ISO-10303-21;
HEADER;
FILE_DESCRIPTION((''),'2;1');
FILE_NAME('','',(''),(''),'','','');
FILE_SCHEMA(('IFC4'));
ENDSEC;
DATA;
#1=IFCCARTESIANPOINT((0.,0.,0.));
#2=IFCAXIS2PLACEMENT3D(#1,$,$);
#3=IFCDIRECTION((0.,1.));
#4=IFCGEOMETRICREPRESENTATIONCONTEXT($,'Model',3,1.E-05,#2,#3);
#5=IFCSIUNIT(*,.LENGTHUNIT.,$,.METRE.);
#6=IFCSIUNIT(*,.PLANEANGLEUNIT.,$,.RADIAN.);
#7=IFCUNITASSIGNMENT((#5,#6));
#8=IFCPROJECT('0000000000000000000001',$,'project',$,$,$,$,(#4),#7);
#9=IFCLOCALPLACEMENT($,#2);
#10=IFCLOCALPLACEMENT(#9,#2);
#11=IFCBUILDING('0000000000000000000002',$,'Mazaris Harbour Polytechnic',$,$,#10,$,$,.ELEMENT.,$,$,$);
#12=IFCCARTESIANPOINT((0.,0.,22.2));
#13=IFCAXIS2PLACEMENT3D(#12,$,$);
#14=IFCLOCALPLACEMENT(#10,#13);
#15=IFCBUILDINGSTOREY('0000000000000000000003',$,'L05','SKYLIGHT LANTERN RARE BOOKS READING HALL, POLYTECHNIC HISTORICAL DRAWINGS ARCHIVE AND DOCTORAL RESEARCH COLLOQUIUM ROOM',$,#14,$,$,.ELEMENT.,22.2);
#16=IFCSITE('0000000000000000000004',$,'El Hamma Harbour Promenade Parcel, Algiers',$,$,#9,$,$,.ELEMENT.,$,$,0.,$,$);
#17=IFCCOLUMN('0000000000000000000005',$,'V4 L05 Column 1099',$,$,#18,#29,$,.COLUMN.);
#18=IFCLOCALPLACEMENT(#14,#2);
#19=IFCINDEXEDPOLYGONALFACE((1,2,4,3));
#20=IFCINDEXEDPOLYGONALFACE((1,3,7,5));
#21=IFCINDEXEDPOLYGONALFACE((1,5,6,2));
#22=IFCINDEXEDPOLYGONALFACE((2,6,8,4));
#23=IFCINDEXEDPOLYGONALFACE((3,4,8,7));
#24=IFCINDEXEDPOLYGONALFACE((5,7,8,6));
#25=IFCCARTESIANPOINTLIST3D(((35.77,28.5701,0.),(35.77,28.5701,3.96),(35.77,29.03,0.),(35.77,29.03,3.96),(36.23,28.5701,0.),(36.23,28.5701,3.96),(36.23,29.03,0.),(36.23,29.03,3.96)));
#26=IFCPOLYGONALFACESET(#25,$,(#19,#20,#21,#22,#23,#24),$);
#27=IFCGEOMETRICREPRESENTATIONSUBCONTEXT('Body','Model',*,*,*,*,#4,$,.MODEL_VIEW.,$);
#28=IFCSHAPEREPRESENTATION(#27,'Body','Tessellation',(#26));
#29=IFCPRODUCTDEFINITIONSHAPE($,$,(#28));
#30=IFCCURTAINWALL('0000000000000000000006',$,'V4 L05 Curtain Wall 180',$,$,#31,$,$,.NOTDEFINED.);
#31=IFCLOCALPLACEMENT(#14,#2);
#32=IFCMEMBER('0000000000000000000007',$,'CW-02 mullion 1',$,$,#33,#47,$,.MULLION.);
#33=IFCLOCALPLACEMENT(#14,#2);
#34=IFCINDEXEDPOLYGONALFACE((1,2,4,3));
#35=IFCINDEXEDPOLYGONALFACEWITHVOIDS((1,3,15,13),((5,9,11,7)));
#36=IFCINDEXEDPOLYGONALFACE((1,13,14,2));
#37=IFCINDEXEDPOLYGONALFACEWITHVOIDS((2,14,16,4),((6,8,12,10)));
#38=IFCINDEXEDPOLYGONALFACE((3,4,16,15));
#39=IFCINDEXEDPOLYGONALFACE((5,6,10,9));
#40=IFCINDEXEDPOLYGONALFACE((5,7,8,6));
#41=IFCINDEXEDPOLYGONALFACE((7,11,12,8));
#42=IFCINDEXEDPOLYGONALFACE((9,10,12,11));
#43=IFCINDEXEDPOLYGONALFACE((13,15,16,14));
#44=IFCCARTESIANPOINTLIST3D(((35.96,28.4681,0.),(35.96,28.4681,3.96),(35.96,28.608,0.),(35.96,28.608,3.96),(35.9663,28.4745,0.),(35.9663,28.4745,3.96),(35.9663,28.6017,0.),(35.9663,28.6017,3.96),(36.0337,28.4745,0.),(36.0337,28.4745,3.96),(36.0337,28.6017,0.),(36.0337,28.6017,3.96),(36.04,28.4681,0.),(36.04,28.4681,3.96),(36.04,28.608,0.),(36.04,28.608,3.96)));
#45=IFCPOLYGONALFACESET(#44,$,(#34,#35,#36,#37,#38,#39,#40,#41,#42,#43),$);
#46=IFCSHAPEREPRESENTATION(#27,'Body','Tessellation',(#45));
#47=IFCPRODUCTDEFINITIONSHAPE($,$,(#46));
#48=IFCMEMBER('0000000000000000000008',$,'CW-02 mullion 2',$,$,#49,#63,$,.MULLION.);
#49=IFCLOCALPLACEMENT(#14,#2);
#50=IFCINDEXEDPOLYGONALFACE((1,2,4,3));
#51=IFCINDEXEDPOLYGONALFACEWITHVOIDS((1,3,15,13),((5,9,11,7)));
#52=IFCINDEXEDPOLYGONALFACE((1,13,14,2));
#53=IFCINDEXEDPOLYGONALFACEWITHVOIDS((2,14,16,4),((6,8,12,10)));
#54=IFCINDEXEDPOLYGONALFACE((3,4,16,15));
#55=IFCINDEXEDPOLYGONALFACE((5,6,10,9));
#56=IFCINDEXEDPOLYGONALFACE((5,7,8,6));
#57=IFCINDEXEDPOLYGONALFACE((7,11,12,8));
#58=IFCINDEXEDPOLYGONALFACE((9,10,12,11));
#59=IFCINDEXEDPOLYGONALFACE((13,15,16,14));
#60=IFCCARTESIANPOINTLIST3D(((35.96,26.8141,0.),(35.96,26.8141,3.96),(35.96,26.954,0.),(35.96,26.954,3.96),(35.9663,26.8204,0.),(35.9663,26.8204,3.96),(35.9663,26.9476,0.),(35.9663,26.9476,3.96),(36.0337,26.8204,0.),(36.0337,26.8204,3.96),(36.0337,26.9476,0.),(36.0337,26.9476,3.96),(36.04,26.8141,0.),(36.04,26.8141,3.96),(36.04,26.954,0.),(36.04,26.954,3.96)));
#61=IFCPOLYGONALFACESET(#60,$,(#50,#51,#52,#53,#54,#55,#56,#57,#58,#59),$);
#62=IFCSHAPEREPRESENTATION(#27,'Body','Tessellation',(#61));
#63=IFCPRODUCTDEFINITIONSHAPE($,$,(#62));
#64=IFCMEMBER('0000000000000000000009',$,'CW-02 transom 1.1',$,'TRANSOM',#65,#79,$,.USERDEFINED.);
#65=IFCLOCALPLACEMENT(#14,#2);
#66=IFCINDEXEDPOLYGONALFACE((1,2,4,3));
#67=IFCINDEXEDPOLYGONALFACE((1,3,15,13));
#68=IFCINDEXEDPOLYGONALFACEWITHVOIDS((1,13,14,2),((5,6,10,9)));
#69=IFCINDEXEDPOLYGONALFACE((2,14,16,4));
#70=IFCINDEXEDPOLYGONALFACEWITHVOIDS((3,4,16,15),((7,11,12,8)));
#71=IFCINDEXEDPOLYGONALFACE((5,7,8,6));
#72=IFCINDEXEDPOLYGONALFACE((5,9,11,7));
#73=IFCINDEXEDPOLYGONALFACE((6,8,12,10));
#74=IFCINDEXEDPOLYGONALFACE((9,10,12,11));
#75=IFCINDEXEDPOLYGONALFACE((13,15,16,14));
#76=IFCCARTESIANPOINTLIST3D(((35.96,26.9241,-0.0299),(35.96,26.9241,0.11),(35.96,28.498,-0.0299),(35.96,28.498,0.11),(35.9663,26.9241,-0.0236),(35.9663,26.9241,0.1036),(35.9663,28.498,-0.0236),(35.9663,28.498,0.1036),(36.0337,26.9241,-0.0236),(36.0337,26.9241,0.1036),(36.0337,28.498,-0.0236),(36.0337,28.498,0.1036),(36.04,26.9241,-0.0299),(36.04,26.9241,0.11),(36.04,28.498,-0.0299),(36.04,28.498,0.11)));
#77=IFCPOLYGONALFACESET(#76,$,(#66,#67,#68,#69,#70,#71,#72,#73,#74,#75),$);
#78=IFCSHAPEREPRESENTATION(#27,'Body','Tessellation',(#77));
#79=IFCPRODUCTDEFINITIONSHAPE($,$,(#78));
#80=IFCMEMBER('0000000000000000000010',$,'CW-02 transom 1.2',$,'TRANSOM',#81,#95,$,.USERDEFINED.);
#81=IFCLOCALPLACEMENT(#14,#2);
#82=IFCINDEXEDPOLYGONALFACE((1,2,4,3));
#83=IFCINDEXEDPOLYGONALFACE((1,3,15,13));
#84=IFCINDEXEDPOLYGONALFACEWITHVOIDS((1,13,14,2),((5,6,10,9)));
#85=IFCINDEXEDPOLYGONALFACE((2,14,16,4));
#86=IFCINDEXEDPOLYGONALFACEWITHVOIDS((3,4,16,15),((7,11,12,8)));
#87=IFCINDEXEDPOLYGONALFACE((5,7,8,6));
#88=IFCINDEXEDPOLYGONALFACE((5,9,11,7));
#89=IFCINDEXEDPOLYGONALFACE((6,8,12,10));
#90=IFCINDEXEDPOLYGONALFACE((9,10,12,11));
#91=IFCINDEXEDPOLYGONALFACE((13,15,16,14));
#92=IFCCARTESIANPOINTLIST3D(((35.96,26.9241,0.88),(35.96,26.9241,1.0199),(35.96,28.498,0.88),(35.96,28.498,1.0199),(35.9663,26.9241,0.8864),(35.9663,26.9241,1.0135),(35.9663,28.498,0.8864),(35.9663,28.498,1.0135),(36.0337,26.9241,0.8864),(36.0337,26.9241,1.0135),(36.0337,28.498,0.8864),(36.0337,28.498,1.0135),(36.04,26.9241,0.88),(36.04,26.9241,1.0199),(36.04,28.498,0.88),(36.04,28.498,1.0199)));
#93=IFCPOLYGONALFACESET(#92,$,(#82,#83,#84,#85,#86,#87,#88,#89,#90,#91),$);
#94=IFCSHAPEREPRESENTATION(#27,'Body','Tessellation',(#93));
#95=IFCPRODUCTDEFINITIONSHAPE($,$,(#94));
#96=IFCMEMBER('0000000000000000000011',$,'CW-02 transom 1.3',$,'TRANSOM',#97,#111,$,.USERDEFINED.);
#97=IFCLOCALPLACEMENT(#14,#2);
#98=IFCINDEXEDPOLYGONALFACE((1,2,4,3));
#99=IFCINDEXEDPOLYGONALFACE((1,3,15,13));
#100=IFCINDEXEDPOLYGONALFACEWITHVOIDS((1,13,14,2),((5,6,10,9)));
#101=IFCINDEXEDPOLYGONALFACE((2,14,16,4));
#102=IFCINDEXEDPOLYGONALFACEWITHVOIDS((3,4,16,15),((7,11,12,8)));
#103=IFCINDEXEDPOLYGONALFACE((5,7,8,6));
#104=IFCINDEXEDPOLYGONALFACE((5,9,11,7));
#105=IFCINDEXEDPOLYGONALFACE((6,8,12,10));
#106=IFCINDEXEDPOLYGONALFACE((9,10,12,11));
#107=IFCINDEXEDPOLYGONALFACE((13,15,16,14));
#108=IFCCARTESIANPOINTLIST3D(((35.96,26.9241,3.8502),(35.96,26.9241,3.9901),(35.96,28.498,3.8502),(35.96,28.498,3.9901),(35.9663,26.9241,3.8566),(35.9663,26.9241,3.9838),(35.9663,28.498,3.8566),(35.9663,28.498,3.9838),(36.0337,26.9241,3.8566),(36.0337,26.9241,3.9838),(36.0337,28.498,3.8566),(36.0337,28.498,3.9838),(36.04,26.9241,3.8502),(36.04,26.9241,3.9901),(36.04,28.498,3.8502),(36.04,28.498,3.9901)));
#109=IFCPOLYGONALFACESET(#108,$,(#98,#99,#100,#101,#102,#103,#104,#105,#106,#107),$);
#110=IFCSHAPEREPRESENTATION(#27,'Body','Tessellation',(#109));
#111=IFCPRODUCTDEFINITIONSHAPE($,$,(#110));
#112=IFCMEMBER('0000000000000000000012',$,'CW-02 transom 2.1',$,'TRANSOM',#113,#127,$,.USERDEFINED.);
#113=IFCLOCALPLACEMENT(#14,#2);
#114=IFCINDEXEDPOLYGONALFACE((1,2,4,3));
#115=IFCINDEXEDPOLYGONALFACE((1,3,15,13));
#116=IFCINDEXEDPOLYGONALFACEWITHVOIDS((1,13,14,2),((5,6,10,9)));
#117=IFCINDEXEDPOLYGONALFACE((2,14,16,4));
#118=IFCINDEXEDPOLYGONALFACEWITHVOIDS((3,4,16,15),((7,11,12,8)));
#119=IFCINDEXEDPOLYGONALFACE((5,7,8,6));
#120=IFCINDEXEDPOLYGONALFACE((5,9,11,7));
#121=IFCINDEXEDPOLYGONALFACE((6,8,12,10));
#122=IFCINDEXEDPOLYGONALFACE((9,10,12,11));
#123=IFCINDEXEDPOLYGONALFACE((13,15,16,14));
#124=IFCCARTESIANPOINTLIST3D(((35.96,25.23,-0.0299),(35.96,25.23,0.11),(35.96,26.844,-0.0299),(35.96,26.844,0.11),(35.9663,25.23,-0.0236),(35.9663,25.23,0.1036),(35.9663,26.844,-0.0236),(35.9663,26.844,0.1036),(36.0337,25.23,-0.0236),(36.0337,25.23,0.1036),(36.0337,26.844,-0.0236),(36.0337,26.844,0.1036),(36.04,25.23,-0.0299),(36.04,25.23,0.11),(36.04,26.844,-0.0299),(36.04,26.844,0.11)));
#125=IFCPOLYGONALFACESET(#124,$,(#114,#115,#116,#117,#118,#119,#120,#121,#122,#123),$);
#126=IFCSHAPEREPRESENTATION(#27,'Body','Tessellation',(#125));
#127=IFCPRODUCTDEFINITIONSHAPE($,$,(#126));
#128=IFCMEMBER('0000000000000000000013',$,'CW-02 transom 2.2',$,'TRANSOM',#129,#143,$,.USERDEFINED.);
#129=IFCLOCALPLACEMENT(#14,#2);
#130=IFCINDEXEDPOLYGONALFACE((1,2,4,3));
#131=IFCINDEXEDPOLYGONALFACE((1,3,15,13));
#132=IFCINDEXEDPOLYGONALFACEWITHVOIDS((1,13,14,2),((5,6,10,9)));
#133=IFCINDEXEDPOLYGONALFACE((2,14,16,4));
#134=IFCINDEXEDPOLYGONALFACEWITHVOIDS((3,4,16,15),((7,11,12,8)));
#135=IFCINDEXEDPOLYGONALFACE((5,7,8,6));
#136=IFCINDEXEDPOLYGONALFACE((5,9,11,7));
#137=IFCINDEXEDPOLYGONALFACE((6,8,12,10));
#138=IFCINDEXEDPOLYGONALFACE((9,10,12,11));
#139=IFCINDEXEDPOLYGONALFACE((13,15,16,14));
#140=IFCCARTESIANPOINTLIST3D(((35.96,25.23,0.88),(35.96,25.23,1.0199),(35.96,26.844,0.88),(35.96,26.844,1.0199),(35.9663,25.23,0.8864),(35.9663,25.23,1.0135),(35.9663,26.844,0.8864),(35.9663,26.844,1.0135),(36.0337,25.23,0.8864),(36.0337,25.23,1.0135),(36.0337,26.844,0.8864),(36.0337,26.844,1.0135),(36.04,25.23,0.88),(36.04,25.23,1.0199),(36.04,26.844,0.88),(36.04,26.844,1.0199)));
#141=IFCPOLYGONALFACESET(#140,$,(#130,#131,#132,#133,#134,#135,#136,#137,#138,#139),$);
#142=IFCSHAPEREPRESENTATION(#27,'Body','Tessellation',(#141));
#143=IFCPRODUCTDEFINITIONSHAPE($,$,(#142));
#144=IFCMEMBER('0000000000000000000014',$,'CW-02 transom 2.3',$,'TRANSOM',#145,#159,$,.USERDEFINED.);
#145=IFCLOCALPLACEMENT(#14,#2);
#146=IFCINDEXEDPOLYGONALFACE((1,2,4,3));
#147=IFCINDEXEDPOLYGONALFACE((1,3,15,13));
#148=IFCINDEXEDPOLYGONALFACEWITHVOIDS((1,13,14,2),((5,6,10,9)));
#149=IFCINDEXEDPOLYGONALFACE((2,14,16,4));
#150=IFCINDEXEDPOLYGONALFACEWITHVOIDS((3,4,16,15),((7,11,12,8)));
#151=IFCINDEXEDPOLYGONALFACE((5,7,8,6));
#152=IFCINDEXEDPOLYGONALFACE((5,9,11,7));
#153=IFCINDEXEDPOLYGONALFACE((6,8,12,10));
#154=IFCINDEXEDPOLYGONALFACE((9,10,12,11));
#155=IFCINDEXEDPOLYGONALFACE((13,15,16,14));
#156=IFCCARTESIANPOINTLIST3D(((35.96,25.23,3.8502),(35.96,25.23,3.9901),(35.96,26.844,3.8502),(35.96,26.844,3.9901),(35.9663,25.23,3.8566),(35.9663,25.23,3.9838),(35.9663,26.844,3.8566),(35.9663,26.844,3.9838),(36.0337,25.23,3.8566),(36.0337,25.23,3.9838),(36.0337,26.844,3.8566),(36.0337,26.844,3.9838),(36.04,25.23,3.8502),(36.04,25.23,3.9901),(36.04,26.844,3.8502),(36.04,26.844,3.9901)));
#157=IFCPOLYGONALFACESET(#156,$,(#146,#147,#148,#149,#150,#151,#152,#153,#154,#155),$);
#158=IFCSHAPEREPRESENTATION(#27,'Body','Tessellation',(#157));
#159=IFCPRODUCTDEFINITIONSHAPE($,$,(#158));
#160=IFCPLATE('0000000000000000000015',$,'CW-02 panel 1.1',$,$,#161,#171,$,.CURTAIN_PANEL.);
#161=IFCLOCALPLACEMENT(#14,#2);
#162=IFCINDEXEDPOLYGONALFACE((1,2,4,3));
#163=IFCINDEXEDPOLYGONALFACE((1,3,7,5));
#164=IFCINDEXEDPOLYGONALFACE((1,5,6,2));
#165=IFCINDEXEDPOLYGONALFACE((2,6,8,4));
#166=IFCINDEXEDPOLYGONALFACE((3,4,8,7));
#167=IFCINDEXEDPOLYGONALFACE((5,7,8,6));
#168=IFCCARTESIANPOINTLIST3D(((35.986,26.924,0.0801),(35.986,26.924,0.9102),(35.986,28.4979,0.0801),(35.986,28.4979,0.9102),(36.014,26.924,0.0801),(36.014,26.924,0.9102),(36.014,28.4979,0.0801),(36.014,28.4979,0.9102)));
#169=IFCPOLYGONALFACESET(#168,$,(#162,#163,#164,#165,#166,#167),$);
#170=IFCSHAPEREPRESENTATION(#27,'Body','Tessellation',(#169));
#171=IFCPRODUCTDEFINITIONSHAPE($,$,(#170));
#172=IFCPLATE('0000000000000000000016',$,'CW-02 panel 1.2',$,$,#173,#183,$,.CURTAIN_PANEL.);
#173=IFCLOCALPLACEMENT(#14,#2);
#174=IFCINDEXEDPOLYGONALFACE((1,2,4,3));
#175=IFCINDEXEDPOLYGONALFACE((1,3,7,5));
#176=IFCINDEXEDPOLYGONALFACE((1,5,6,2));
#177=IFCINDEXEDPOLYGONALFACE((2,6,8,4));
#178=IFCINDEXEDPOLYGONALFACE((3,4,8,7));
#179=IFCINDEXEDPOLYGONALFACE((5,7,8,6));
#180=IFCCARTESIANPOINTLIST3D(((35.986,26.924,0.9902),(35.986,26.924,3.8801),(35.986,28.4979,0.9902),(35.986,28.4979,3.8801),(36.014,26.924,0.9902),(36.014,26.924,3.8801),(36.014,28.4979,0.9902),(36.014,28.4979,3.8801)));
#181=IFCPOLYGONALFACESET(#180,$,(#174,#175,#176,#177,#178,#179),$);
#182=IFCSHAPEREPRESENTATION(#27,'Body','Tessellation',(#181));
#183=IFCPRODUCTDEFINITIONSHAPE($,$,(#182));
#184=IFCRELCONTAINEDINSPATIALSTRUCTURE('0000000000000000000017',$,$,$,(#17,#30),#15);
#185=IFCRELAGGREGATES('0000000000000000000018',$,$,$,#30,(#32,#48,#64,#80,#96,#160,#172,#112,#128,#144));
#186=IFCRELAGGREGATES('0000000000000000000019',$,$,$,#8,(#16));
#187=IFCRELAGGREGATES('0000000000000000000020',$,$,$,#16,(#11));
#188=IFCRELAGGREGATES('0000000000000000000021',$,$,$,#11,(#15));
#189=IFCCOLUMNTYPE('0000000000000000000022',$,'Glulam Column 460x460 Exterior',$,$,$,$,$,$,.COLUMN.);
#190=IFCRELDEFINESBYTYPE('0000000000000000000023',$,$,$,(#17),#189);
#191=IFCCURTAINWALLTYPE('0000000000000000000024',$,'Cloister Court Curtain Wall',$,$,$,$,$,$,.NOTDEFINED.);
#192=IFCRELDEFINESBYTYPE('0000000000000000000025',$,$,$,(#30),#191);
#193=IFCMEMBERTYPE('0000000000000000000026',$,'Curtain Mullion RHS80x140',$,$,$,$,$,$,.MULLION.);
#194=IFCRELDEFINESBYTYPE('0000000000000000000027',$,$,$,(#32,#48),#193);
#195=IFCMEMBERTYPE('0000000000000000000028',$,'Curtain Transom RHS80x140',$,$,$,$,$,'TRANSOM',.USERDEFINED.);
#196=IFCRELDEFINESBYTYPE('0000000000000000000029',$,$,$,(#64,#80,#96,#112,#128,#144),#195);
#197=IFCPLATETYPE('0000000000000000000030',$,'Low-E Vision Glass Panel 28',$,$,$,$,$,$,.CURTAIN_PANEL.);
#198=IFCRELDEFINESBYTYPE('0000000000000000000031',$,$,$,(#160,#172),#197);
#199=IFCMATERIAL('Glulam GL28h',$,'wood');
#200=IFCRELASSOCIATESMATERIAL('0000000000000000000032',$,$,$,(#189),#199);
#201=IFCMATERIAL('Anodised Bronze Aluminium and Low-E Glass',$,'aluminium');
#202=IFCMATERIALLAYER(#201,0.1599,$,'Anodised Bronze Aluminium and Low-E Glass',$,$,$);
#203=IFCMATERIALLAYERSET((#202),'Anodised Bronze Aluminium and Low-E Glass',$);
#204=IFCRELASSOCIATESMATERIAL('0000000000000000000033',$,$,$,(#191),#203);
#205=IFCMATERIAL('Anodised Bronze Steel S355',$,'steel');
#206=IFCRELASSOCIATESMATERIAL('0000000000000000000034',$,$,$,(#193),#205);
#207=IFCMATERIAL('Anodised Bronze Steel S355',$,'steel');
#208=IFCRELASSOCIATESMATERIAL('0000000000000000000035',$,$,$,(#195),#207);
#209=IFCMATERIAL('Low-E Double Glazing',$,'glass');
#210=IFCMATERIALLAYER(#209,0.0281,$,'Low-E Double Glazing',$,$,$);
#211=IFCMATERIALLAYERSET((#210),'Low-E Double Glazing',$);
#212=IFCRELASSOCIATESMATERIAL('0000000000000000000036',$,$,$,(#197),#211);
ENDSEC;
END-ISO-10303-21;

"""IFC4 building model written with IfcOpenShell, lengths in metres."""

from ifc_helpers import new_model, si_unit, direction, frame, origin, origin_2d, place, context, subcontext, project, spatial, rectangle, hollow_rectangle, extrude, material, layer, layer_set, material_profile, profile_set, type_object, element, aggregate, save


model = new_model("IFC4")

# Units and contexts
model_context = context("Model", 3, precision=1e-05, world=origin(), true_north=direction((0.0, 1.0)))
body_context = subcontext(model_context, "Body", "Model", "MODEL_VIEW")
ifc_project = project(units=[si_unit("LENGTHUNIT", "METRE"), si_unit("PLANEANGLEUNIT", "RADIAN")], contexts=[model_context])

# Site, building, storey
site_placement = place(None, origin())
site = spatial("IfcSite", under=ifc_project, at=site_placement, Name="El Hamma Harbour Promenade Parcel, Algiers", CompositionType="ELEMENT", RefElevation=0.0)
building_placement = place(site_placement, origin())
building = spatial("IfcBuilding", under=site, at=building_placement, Name="Mazaris Harbour Polytechnic", CompositionType="ELEMENT")
storey_placement = place(building_placement, frame((0.0, 0.0, 22.2)))
storey = spatial("IfcBuildingStorey", under=building, at=storey_placement, Name="L05", Description="SKYLIGHT LANTERN RARE BOOKS READING HALL, POLYTECHNIC HISTORICAL DRAWINGS ARCHIVE AND DOCTORAL RESEARCH COLLOQUIUM ROOM", CompositionType="ELEMENT", Elevation=22.2)

# Column
ifc_material_1 = material(Name="Glulam GL28h", Category="wood")
ifc_material_profile_1 = material_profile(ifc_material_1, rectangle(XDim=0.46, YDim=0.46, at=origin_2d()), Name="RECT460x460")
ifc_profile_set_1 = profile_set([ifc_material_profile_1], Name="Glulam GL28h")
column_type = type_object("IfcColumnType", Name="Glulam Column 460x460 Exterior", PredefinedType="COLUMN", material=ifc_profile_set_1)
column_placement = place(storey_placement, frame((36.0, 28.8, 0.0), z_axis=(0.0, 0.0, 1.0), x_axis=(1.0, 0.0, 0.0)))
element("IfcColumn", 1, at=column_placement, inside=storey, type_object=column_type, Name="V4 L05 Column 1099", PredefinedType="COLUMN", context=body_context, shape_type="SweptSolid", body=[
    extrude(rectangle(XDim=0.46, YDim=0.46, at=origin_2d()), origin(), (0.0, 0.0, 1.0), 3.96),
])

# Curtain wall, members, plates
ifc_material_2 = material(Name="Anodised Bronze Aluminium and Low-E Glass", Category="aluminium")
ifc_layer_1 = layer(ifc_material_2, 0.1599, Name="Anodised Bronze Aluminium and Low-E Glass")
ifc_layer_set_1 = layer_set([ifc_layer_1], Name="Anodised Bronze Aluminium and Low-E Glass")
curtain_wall_type = type_object("IfcCurtainWallType", Name="Cloister Court Curtain Wall", PredefinedType="NOTDEFINED", material=ifc_layer_set_1)
curtain_wall_placement = place(storey_placement, origin())
curtain_wall = element("IfcCurtainWall", 2, at=curtain_wall_placement, inside=storey, type_object=curtain_wall_type, Name="V4 L05 Curtain Wall 180", PredefinedType="NOTDEFINED")
ifc_material_3 = material(Name="Anodised Bronze Steel S355", Category="steel")
ifc_material_profile_2 = material_profile(ifc_material_3, hollow_rectangle(XDim=0.0801, YDim=0.1399, WallThickness=0.0063, at=origin_2d()), Name="RHS 80x140x6.3")
ifc_profile_set_2 = profile_set([ifc_material_profile_2], Name="Anodised Bronze Steel S355")
member_type_1 = type_object("IfcMemberType", Name="Curtain Mullion RHS80x140", PredefinedType="MULLION", material=ifc_profile_set_2)
member_1_placement = place(storey_placement, frame((36.0, 28.5381, 0.0), z_axis=(0.0, 0.0, 1.0), x_axis=(1.0, 0.0, 0.0)))
member_1 = element("IfcMember", 3, at=member_1_placement, type_object=member_type_1, Name="CW-02 mullion 1", PredefinedType="MULLION", context=body_context, shape_type="SweptSolid", body=[
    extrude(hollow_rectangle(XDim=0.0801, YDim=0.1399, WallThickness=0.0063, at=origin_2d()), origin(), (0.0, 0.0, 1.0), 3.96),
])
member_2_placement = place(storey_placement, frame((36.0, 26.884, 0.0), z_axis=(0.0, 0.0, 1.0), x_axis=(1.0, 0.0, 0.0)))
member_2 = element("IfcMember", 4, at=member_2_placement, type_object=member_type_1, Name="CW-02 mullion 2", PredefinedType="MULLION", context=body_context, shape_type="SweptSolid", body=[
    extrude(hollow_rectangle(XDim=0.0801, YDim=0.1399, WallThickness=0.0063, at=origin_2d()), origin(), (0.0, 0.0, 1.0), 3.96),
])
ifc_material_4 = material(Name="Anodised Bronze Steel S355", Category="steel")
ifc_material_profile_3 = material_profile(ifc_material_4, hollow_rectangle(XDim=0.0801, YDim=0.1399, WallThickness=0.0063, at=origin_2d()), Name="RHS 80x140x6.3")
ifc_profile_set_3 = profile_set([ifc_material_profile_3], Name="Anodised Bronze Steel S355")
member_type_2 = type_object("IfcMemberType", Name="Curtain Transom RHS80x140", ElementType="TRANSOM", PredefinedType="USERDEFINED", material=ifc_profile_set_3)
member_3_placement = place(storey_placement, frame((36.0, 28.498, 0.04), z_axis=(0.0, -1.0, 0.0), x_axis=(1.0, 0.0, 0.0)))
member_3 = element("IfcMember", 5, at=member_3_placement, type_object=member_type_2, Name="CW-02 transom 1.1", ObjectType="TRANSOM", PredefinedType="USERDEFINED", context=body_context, shape_type="SweptSolid", body=[
    extrude(hollow_rectangle(XDim=0.0801, YDim=0.1399, WallThickness=0.0063, at=origin_2d()), origin(), (0.0, 0.0, 1.0), 1.574),
])
member_4_placement = place(storey_placement, frame((36.0, 28.498, 0.95), z_axis=(0.0, -1.0, 0.0), x_axis=(1.0, 0.0, 0.0)))
member_4 = element("IfcMember", 6, at=member_4_placement, type_object=member_type_2, Name="CW-02 transom 1.2", ObjectType="TRANSOM", PredefinedType="USERDEFINED", context=body_context, shape_type="SweptSolid", body=[
    extrude(hollow_rectangle(XDim=0.0801, YDim=0.1399, WallThickness=0.0063, at=origin_2d()), origin(), (0.0, 0.0, 1.0), 1.574),
])
member_5_placement = place(storey_placement, frame((36.0, 28.498, 3.9202), z_axis=(0.0, -1.0, 0.0), x_axis=(1.0, 0.0, 0.0)))
member_5 = element("IfcMember", 7, at=member_5_placement, type_object=member_type_2, Name="CW-02 transom 1.3", ObjectType="TRANSOM", PredefinedType="USERDEFINED", context=body_context, shape_type="SweptSolid", body=[
    extrude(hollow_rectangle(XDim=0.0801, YDim=0.1399, WallThickness=0.0063, at=origin_2d()), origin(), (0.0, 0.0, 1.0), 1.574),
])
member_6_placement = place(storey_placement, frame((36.0, 26.844, 0.04), z_axis=(0.0, -1.0, 0.0), x_axis=(1.0, 0.0, 0.0)))
member_6 = element("IfcMember", 8, at=member_6_placement, type_object=member_type_2, Name="CW-02 transom 2.1", ObjectType="TRANSOM", PredefinedType="USERDEFINED", context=body_context, shape_type="SweptSolid", body=[
    extrude(hollow_rectangle(XDim=0.0801, YDim=0.1399, WallThickness=0.0063, at=origin_2d()), origin(), (0.0, 0.0, 1.0), 1.614),
])
member_7_placement = place(storey_placement, frame((36.0, 26.844, 0.95), z_axis=(0.0, -1.0, 0.0), x_axis=(1.0, 0.0, 0.0)))
member_7 = element("IfcMember", 9, at=member_7_placement, type_object=member_type_2, Name="CW-02 transom 2.2", ObjectType="TRANSOM", PredefinedType="USERDEFINED", context=body_context, shape_type="SweptSolid", body=[
    extrude(hollow_rectangle(XDim=0.0801, YDim=0.1399, WallThickness=0.0063, at=origin_2d()), origin(), (0.0, 0.0, 1.0), 1.614),
])
member_8_placement = place(storey_placement, frame((36.0, 26.844, 3.9202), z_axis=(0.0, -1.0, 0.0), x_axis=(1.0, 0.0, 0.0)))
member_8 = element("IfcMember", 10, at=member_8_placement, type_object=member_type_2, Name="CW-02 transom 2.3", ObjectType="TRANSOM", PredefinedType="USERDEFINED", context=body_context, shape_type="SweptSolid", body=[
    extrude(hollow_rectangle(XDim=0.0801, YDim=0.1399, WallThickness=0.0063, at=origin_2d()), origin(), (0.0, 0.0, 1.0), 1.614),
])
ifc_material_5 = material(Name="Low-E Double Glazing", Category="glass")
ifc_layer_2 = layer(ifc_material_5, 0.0281, Name="Low-E Double Glazing")
ifc_layer_set_2 = layer_set([ifc_layer_2], Name="Low-E Double Glazing")
plate_type = type_object("IfcPlateType", Name="Low-E Vision Glass Panel 28", PredefinedType="CURTAIN_PANEL", material=ifc_layer_set_2)
plate_1_placement = place(storey_placement, frame((36.0, 27.7109, 0.0801), z_axis=(0.0, 0.0, 1.0), x_axis=(0.0, -1.0, 0.0)))
plate_1 = element("IfcPlate", 11, at=plate_1_placement, type_object=plate_type, Name="CW-02 panel 1.1", PredefinedType="CURTAIN_PANEL", context=body_context, shape_type="SweptSolid", body=[
    extrude(rectangle(XDim=1.574, YDim=0.0281, at=origin_2d()), origin(), (0.0, 0.0, 1.0), 0.8301),
])
plate_2_placement = place(storey_placement, frame((36.0, 27.7109, 0.9902), z_axis=(0.0, 0.0, 1.0), x_axis=(0.0, -1.0, 0.0)))
plate_2 = element("IfcPlate", 12, at=plate_2_placement, type_object=plate_type, Name="CW-02 panel 1.2", PredefinedType="CURTAIN_PANEL", context=body_context, shape_type="SweptSolid", body=[
    extrude(rectangle(XDim=1.574, YDim=0.0281, at=origin_2d()), origin(), (0.0, 0.0, 1.0), 2.8899),
])
aggregate(curtain_wall, [member_1, member_2, member_3, member_4, member_5, plate_1, plate_2, member_6, member_7, member_8])

save(model, "model.ifc")
